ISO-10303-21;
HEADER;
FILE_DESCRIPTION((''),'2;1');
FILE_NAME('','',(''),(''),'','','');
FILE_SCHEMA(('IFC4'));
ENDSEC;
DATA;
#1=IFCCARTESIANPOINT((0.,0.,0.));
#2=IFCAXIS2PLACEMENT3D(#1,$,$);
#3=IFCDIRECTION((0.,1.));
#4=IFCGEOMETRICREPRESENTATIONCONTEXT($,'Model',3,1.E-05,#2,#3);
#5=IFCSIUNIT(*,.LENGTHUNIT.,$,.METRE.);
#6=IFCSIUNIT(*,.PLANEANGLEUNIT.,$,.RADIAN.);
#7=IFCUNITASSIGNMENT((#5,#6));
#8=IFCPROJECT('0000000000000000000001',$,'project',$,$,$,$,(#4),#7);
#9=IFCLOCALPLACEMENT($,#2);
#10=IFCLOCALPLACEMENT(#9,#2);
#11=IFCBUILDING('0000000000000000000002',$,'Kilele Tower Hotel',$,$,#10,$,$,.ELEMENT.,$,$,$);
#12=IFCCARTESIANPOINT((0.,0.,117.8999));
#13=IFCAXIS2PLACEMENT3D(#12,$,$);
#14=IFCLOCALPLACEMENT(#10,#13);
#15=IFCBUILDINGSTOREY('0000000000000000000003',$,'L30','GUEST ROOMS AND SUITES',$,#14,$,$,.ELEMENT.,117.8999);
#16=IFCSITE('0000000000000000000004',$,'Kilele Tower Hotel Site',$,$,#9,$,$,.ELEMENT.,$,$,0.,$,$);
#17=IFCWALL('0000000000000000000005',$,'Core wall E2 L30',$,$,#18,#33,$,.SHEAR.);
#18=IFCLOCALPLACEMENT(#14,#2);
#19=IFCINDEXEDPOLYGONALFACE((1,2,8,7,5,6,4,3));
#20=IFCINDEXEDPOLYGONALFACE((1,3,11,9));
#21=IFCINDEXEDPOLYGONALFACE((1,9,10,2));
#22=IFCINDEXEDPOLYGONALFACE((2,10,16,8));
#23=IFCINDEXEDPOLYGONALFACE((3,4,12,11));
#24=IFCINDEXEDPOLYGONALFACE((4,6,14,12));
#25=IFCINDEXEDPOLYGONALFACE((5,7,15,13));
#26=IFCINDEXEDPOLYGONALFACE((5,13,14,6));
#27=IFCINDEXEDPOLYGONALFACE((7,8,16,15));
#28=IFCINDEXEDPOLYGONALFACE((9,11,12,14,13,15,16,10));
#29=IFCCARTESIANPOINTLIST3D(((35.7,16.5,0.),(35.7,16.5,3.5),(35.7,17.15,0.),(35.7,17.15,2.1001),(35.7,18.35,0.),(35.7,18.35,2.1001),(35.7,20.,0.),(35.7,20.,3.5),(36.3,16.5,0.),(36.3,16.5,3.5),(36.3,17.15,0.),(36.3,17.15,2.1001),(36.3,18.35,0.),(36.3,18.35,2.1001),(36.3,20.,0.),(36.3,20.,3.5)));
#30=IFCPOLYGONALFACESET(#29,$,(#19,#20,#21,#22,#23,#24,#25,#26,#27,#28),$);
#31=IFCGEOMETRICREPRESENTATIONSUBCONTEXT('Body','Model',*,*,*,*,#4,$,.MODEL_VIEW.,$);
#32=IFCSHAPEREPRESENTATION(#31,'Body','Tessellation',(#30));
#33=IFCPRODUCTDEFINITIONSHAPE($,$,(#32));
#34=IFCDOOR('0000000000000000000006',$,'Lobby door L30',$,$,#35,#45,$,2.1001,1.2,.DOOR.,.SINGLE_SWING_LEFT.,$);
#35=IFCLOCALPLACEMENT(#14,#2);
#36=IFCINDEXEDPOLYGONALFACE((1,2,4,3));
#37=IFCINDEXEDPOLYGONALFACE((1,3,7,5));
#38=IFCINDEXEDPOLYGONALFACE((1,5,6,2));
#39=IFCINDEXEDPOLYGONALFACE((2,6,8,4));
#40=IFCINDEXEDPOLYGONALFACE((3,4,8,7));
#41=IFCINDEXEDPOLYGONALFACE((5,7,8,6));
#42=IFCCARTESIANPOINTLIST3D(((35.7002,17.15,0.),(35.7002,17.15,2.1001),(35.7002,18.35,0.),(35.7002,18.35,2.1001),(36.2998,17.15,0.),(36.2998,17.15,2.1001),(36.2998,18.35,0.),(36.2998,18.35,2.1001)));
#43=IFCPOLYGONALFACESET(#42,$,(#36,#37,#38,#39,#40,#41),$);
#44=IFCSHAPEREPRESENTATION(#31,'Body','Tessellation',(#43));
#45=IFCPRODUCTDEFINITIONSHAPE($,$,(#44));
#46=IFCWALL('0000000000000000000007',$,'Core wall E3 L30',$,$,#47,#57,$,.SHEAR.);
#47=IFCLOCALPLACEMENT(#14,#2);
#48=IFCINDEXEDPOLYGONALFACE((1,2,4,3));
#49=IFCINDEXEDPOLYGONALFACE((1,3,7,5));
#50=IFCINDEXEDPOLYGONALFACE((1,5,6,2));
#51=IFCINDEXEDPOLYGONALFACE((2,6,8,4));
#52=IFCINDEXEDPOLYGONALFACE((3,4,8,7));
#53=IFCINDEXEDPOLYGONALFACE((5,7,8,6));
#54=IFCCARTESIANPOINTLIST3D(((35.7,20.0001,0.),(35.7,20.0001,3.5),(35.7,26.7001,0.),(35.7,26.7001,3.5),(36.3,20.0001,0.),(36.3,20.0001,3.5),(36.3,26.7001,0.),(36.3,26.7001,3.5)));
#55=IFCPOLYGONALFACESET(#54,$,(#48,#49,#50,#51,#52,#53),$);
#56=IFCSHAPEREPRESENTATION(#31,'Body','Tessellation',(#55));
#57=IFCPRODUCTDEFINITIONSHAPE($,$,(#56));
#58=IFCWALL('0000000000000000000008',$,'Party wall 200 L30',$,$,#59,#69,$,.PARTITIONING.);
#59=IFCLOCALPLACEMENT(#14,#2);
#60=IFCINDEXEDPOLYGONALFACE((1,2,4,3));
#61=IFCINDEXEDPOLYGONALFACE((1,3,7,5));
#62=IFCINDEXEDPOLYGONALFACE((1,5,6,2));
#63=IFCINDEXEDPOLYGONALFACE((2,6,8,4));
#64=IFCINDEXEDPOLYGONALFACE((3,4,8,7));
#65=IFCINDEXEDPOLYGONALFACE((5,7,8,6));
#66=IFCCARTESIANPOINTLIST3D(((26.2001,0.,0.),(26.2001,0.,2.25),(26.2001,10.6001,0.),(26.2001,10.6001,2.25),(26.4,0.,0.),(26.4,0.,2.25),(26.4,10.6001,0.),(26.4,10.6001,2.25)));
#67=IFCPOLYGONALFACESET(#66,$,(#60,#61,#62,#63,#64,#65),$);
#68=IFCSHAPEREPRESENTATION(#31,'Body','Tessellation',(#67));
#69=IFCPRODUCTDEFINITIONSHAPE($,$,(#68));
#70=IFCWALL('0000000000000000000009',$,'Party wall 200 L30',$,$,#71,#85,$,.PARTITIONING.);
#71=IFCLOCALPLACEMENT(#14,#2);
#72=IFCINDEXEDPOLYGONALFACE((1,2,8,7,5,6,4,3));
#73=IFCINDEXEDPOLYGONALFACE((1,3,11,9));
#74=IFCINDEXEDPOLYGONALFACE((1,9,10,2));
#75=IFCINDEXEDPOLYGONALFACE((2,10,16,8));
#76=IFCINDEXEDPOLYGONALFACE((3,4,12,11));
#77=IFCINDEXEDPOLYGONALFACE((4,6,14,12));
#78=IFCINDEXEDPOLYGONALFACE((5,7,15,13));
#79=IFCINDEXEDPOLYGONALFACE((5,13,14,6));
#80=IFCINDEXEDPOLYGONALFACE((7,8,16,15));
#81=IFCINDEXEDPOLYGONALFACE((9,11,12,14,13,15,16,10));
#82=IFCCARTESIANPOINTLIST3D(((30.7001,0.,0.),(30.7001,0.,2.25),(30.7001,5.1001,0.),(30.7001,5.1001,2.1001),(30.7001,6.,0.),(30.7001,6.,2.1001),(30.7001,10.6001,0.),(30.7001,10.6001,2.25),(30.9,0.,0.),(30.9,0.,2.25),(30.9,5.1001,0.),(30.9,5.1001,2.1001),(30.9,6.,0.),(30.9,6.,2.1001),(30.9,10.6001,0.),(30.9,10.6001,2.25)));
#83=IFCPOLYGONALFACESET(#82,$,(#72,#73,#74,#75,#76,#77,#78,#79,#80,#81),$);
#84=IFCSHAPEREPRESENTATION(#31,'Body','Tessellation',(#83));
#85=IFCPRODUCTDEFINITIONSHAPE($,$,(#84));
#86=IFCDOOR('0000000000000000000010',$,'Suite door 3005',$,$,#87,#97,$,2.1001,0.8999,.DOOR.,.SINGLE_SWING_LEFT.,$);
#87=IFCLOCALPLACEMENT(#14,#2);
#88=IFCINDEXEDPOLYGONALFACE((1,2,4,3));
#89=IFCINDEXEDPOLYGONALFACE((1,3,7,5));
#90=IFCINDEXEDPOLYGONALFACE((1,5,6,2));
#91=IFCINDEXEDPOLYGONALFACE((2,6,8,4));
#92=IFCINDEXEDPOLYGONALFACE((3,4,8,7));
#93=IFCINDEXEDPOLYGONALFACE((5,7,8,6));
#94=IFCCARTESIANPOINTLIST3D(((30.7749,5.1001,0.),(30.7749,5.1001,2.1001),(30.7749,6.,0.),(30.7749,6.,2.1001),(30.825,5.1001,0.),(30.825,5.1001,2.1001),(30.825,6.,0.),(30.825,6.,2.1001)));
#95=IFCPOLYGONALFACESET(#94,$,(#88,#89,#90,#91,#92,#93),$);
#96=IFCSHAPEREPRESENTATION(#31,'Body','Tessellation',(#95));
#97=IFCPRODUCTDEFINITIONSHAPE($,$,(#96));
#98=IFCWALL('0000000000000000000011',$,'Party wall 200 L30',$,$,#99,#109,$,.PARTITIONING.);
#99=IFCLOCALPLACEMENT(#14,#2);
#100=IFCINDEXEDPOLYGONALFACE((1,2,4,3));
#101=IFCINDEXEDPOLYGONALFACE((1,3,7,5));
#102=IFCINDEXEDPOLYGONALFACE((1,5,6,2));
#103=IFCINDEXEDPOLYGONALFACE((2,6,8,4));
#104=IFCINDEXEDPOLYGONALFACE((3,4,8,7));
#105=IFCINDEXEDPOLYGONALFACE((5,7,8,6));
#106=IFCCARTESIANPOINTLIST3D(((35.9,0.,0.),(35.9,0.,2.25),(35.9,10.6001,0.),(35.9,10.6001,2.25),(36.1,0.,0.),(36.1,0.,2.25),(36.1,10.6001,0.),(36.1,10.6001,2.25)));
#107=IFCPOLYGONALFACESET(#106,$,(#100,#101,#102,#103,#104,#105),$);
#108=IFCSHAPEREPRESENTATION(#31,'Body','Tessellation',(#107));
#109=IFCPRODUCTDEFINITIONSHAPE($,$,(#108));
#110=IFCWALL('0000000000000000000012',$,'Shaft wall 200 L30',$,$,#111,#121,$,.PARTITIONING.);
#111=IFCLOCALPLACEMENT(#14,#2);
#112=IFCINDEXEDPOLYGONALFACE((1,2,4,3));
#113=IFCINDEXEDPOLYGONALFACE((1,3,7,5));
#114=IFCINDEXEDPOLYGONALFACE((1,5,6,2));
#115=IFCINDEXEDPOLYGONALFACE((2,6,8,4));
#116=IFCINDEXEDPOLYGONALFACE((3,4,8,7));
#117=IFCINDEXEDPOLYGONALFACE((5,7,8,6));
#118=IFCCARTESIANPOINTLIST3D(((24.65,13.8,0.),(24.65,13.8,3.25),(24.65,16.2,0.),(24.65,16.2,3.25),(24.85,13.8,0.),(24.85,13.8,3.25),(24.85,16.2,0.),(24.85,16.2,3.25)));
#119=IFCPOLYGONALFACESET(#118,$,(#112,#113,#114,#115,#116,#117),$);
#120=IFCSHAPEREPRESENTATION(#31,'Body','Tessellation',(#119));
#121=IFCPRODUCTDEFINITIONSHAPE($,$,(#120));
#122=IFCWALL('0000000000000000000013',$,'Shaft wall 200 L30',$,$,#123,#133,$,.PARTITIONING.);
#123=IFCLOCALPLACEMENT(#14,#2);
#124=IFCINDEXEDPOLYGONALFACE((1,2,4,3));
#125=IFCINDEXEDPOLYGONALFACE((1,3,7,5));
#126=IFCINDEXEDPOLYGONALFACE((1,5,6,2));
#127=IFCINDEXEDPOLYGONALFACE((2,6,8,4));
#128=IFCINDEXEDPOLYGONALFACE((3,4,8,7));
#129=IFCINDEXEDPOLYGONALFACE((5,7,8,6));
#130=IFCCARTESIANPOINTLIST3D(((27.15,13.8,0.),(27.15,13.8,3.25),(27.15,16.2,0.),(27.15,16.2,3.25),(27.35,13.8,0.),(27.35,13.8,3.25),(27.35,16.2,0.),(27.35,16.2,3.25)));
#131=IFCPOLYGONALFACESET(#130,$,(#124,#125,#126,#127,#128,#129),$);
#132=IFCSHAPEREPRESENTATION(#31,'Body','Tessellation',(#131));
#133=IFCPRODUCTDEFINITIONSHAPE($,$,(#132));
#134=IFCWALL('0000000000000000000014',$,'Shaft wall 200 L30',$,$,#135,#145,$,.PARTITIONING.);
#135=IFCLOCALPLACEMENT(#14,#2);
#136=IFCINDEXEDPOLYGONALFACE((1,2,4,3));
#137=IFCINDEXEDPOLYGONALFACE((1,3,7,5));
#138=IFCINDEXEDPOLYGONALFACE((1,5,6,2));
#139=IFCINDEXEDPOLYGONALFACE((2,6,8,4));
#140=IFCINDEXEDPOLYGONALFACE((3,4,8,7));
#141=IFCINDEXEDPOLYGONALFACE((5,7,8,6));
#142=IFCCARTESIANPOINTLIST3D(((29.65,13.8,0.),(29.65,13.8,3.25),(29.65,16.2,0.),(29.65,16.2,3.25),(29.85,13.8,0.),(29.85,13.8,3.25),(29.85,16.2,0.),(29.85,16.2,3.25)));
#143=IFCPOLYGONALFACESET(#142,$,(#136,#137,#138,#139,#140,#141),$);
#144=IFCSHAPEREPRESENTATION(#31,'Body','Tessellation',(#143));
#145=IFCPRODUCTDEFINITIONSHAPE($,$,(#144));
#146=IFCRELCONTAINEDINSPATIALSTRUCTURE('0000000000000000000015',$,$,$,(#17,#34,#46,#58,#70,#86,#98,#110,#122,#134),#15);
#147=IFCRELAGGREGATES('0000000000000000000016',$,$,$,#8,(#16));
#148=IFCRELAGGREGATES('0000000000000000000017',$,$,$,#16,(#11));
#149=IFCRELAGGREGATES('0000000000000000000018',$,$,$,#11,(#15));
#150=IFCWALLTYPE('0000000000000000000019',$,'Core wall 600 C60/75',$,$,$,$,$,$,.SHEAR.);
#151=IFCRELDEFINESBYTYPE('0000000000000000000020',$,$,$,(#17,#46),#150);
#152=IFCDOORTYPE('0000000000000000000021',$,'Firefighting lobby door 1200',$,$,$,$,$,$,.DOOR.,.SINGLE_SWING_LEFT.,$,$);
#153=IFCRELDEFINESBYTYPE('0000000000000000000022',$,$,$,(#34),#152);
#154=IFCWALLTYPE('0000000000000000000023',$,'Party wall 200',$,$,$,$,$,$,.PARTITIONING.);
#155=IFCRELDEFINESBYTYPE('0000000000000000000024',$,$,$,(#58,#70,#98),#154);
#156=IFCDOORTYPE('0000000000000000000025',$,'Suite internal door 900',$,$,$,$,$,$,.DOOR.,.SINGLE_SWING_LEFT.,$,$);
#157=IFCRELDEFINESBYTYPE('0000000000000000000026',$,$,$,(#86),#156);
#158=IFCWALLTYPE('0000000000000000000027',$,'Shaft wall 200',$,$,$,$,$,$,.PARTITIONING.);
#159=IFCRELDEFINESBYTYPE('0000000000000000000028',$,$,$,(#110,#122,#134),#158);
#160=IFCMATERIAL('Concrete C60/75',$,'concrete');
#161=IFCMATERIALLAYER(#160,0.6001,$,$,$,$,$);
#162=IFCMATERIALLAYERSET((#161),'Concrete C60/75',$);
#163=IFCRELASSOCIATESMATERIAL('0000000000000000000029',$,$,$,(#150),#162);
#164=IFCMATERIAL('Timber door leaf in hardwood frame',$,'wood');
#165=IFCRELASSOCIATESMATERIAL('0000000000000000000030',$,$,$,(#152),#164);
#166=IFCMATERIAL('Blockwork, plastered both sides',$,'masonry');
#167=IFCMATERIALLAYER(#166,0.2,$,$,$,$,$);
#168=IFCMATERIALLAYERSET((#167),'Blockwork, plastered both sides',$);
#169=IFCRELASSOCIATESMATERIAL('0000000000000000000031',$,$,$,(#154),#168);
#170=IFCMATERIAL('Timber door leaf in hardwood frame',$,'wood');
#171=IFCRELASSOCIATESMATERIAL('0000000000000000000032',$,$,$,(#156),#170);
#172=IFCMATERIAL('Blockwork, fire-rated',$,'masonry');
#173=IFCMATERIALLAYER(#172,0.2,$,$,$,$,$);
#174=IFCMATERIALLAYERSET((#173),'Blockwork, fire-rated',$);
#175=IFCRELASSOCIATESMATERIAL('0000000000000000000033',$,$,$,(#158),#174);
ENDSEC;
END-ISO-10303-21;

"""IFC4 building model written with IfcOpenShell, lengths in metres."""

from ifc_helpers import new_model, si_unit, direction, frame, frame_2d, origin, place, context, subcontext, project, spatial, rectangle, extrude, material, layer, layer_set, type_object, element, fill, save


model = new_model("IFC4")

# Units and contexts
model_context = context("Model", 3, precision=1e-05, world=origin(), true_north=direction((0.0, 1.0)))
body_context = subcontext(model_context, "Body", "Model", "MODEL_VIEW")
ifc_project = project(units=[si_unit("LENGTHUNIT", "METRE"), si_unit("PLANEANGLEUNIT", "RADIAN")], contexts=[model_context])

# Site, building, storey
site_placement = place(None, origin())
site = spatial("IfcSite", under=ifc_project, at=site_placement, Name="Kilele Tower Hotel Site", CompositionType="ELEMENT", RefElevation=0.0)
building_placement = place(site_placement, origin())
building = spatial("IfcBuilding", under=site, at=building_placement, Name="Kilele Tower Hotel", CompositionType="ELEMENT")
storey_placement = place(building_placement, frame((0.0, 0.0, 117.8999)))
storey = spatial("IfcBuildingStorey", under=building, at=storey_placement, Name="L30", Description="GUEST ROOMS AND SUITES", CompositionType="ELEMENT", Elevation=117.8999)

# Shared definitions
ifc_material_1 = material(Name="Concrete C60/75", Category="concrete")
ifc_layer_1 = layer(ifc_material_1, 0.6001)
ifc_layer_set_1 = layer_set([ifc_layer_1], Name="Concrete C60/75")
wall_type_1 = type_object("IfcWallType", Name="Core wall 600 C60/75", PredefinedType="SHEAR", material=ifc_layer_set_1)
ifc_material_2 = material(Name="Timber door leaf in hardwood frame", Category="wood")
door_type_1 = type_object("IfcDoorType", Name="Firefighting lobby door 1200", OperationType="SINGLE_SWING_LEFT", PredefinedType="DOOR", material=ifc_material_2)

# Wall, opening, door
wall_1_placement = place(storey_placement, frame((36.0, 16.5, 0.0), z_axis=(0.0, 0.0, 1.0), x_axis=(0.0, 1.0, 0.0)))
wall_1 = element("IfcWall", 1, at=wall_1_placement, inside=storey, type_object=wall_type_1, Name="Core wall E2 L30", PredefinedType="SHEAR", context=body_context, shape_type="SweptSolid", body=[
    extrude(rectangle(XDim=3.5, YDim=0.6001, at=frame_2d((1.75, 0.0))), origin(), (0.0, 0.0, 1.0), 3.5),
])
opening_1_placement = place(wall_1_placement, frame((0.6499, 0.0, 0.0)))
opening_1 = element("IfcOpeningElement", 2, at=opening_1_placement, cuts=wall_1, PredefinedType="OPENING", context=body_context, shape_type="SweptSolid", body=[
    extrude(rectangle(XDim=1.2, YDim=2.1001, at=frame_2d((0.6001, 1.05))), frame((0.0, 0.3101, 0.0), z_axis=(0.0, -1.0, 0.0), x_axis=(1.0, 0.0, 0.0)), (0.0, 0.0, 1.0), 0.6201),
])
door_1_placement = place(opening_1_placement, origin())
door_1 = element("IfcDoor", 3, at=door_1_placement, inside=storey, type_object=door_type_1, Name="Lobby door L30", OperationType="SINGLE_SWING_LEFT", OverallHeight=2.1001, OverallWidth=1.2, PredefinedType="DOOR", context=body_context, shape_type="SweptSolid", body=[
    extrude(rectangle(XDim=1.2, YDim=2.1001, at=frame_2d((0.6001, 1.05))), frame((0.0, 0.2998, 0.0), z_axis=(0.0, -1.0, 0.0), x_axis=(1.0, 0.0, 0.0)), (0.0, 0.0, 1.0), 0.5996),
])
fill(opening_1, door_1)

# Walls
wall_2_placement = place(storey_placement, frame((36.0, 20.0, 0.0), z_axis=(0.0, 0.0, 1.0), x_axis=(0.0, 1.0, 0.0)))
element("IfcWall", 4, at=wall_2_placement, inside=storey, type_object=wall_type_1, Name="Core wall E3 L30", PredefinedType="SHEAR", context=body_context, shape_type="SweptSolid", body=[
    extrude(rectangle(XDim=6.7, YDim=0.6001, at=frame_2d((3.3501, 0.0))), origin(), (0.0, 0.0, 1.0), 3.5),
])
ifc_material_3 = material(Name="Blockwork, plastered both sides", Category="masonry")
ifc_layer_2 = layer(ifc_material_3, 0.2)
ifc_layer_set_2 = layer_set([ifc_layer_2], Name="Blockwork, plastered both sides")
wall_type_2 = type_object("IfcWallType", Name="Party wall 200", PredefinedType="PARTITIONING", material=ifc_layer_set_2)
wall_3_placement = place(storey_placement, frame((26.3, 10.6001, 0.0), z_axis=(0.0, 0.0, 1.0), x_axis=(0.0, -1.0, 0.0)))
element("IfcWall", 5, at=wall_3_placement, inside=storey, type_object=wall_type_2, Name="Party wall 200 L30", PredefinedType="PARTITIONING", context=body_context, shape_type="SweptSolid", body=[
    extrude(rectangle(XDim=10.6001, YDim=0.2, at=frame_2d((5.3, 0.0))), origin(), (0.0, 0.0, 1.0), 2.25),
])

# Wall, opening, door
wall_4_placement = place(storey_placement, frame((30.8, 10.6001, 0.0), z_axis=(0.0, 0.0, 1.0), x_axis=(0.0, -1.0, 0.0)))
wall_4 = element("IfcWall", 6, at=wall_4_placement, inside=storey, type_object=wall_type_2, Name="Party wall 200 L30", PredefinedType="PARTITIONING", context=body_context, shape_type="SweptSolid", body=[
    extrude(rectangle(XDim=10.6001, YDim=0.2, at=frame_2d((5.3, 0.0))), origin(), (0.0, 0.0, 1.0), 2.25),
])
opening_2_placement = place(wall_4_placement, frame((4.6001, 0.0, 0.0)))
opening_2 = element("IfcOpeningElement", 7, at=opening_2_placement, cuts=wall_4, PredefinedType="OPENING", context=body_context, shape_type="SweptSolid", body=[
    extrude(rectangle(XDim=0.8999, YDim=2.1001, at=frame_2d((0.45, 1.05))), frame((0.0, 0.1099, 0.0), z_axis=(0.0, -1.0, 0.0), x_axis=(1.0, 0.0, 0.0)), (0.0, 0.0, 1.0), 0.22),
])
ifc_material_4 = material(Name="Timber door leaf in hardwood frame", Category="wood")
door_type_2 = type_object("IfcDoorType", Name="Suite internal door 900", OperationType="SINGLE_SWING_LEFT", PredefinedType="DOOR", material=ifc_material_4)
door_2_placement = place(opening_2_placement, origin())
door_2 = element("IfcDoor", 8, at=door_2_placement, inside=storey, type_object=door_type_2, Name="Suite door 3005", OperationType="SINGLE_SWING_LEFT", OverallHeight=2.1001, OverallWidth=0.8999, PredefinedType="DOOR", context=body_context, shape_type="SweptSolid", body=[
    extrude(rectangle(XDim=0.8999, YDim=2.1001, at=frame_2d((0.45, 1.05))), frame((0.0, 0.0249, 0.0), z_axis=(0.0, -1.0, 0.0), x_axis=(1.0, 0.0, 0.0)), (0.0, 0.0, 1.0), 0.05),
])
fill(opening_2, door_2)

# Walls
wall_5_placement = place(storey_placement, frame((36.0, 10.6001, 0.0), z_axis=(0.0, 0.0, 1.0), x_axis=(0.0, -1.0, 0.0)))
element("IfcWall", 9, at=wall_5_placement, inside=storey, type_object=wall_type_2, Name="Party wall 200 L30", PredefinedType="PARTITIONING", context=body_context, shape_type="SweptSolid", body=[
    extrude(rectangle(XDim=10.6001, YDim=0.2, at=frame_2d((5.3, 0.0))), origin(), (0.0, 0.0, 1.0), 2.25),
])
ifc_material_5 = material(Name="Blockwork, fire-rated", Category="masonry")
ifc_layer_3 = layer(ifc_material_5, 0.2)
ifc_layer_set_3 = layer_set([ifc_layer_3], Name="Blockwork, fire-rated")
wall_type_3 = type_object("IfcWallType", Name="Shaft wall 200", PredefinedType="PARTITIONING", material=ifc_layer_set_3)
for number, where, z_axis, x_axis, name in (
    (10, (24.75, 13.8, 0.0), (0.0, 0.0, 1.0), (0.0, 1.0, 0.0), "Shaft wall 200 L30"),
    (11, (27.25, 13.8, 0.0), (0.0, 0.0, 1.0), (0.0, 1.0, 0.0), "Shaft wall 200 L30"),
    (12, (29.75, 13.8, 0.0), (0.0, 0.0, 1.0), (0.0, 1.0, 0.0), "Shaft wall 200 L30"),
):
    element("IfcWall", number, at=place(storey_placement, frame(where, z_axis=z_axis, x_axis=x_axis)), inside=storey, type_object=wall_type_3, Name=name, PredefinedType="PARTITIONING", context=body_context, shape_type="SweptSolid", body=[
        extrude(rectangle(XDim=2.3999, YDim=0.2, at=frame_2d((1.2, 0.0))), origin(), (0.0, 0.0, 1.0), 3.25),
    ])

save(model, "model.ifc")
